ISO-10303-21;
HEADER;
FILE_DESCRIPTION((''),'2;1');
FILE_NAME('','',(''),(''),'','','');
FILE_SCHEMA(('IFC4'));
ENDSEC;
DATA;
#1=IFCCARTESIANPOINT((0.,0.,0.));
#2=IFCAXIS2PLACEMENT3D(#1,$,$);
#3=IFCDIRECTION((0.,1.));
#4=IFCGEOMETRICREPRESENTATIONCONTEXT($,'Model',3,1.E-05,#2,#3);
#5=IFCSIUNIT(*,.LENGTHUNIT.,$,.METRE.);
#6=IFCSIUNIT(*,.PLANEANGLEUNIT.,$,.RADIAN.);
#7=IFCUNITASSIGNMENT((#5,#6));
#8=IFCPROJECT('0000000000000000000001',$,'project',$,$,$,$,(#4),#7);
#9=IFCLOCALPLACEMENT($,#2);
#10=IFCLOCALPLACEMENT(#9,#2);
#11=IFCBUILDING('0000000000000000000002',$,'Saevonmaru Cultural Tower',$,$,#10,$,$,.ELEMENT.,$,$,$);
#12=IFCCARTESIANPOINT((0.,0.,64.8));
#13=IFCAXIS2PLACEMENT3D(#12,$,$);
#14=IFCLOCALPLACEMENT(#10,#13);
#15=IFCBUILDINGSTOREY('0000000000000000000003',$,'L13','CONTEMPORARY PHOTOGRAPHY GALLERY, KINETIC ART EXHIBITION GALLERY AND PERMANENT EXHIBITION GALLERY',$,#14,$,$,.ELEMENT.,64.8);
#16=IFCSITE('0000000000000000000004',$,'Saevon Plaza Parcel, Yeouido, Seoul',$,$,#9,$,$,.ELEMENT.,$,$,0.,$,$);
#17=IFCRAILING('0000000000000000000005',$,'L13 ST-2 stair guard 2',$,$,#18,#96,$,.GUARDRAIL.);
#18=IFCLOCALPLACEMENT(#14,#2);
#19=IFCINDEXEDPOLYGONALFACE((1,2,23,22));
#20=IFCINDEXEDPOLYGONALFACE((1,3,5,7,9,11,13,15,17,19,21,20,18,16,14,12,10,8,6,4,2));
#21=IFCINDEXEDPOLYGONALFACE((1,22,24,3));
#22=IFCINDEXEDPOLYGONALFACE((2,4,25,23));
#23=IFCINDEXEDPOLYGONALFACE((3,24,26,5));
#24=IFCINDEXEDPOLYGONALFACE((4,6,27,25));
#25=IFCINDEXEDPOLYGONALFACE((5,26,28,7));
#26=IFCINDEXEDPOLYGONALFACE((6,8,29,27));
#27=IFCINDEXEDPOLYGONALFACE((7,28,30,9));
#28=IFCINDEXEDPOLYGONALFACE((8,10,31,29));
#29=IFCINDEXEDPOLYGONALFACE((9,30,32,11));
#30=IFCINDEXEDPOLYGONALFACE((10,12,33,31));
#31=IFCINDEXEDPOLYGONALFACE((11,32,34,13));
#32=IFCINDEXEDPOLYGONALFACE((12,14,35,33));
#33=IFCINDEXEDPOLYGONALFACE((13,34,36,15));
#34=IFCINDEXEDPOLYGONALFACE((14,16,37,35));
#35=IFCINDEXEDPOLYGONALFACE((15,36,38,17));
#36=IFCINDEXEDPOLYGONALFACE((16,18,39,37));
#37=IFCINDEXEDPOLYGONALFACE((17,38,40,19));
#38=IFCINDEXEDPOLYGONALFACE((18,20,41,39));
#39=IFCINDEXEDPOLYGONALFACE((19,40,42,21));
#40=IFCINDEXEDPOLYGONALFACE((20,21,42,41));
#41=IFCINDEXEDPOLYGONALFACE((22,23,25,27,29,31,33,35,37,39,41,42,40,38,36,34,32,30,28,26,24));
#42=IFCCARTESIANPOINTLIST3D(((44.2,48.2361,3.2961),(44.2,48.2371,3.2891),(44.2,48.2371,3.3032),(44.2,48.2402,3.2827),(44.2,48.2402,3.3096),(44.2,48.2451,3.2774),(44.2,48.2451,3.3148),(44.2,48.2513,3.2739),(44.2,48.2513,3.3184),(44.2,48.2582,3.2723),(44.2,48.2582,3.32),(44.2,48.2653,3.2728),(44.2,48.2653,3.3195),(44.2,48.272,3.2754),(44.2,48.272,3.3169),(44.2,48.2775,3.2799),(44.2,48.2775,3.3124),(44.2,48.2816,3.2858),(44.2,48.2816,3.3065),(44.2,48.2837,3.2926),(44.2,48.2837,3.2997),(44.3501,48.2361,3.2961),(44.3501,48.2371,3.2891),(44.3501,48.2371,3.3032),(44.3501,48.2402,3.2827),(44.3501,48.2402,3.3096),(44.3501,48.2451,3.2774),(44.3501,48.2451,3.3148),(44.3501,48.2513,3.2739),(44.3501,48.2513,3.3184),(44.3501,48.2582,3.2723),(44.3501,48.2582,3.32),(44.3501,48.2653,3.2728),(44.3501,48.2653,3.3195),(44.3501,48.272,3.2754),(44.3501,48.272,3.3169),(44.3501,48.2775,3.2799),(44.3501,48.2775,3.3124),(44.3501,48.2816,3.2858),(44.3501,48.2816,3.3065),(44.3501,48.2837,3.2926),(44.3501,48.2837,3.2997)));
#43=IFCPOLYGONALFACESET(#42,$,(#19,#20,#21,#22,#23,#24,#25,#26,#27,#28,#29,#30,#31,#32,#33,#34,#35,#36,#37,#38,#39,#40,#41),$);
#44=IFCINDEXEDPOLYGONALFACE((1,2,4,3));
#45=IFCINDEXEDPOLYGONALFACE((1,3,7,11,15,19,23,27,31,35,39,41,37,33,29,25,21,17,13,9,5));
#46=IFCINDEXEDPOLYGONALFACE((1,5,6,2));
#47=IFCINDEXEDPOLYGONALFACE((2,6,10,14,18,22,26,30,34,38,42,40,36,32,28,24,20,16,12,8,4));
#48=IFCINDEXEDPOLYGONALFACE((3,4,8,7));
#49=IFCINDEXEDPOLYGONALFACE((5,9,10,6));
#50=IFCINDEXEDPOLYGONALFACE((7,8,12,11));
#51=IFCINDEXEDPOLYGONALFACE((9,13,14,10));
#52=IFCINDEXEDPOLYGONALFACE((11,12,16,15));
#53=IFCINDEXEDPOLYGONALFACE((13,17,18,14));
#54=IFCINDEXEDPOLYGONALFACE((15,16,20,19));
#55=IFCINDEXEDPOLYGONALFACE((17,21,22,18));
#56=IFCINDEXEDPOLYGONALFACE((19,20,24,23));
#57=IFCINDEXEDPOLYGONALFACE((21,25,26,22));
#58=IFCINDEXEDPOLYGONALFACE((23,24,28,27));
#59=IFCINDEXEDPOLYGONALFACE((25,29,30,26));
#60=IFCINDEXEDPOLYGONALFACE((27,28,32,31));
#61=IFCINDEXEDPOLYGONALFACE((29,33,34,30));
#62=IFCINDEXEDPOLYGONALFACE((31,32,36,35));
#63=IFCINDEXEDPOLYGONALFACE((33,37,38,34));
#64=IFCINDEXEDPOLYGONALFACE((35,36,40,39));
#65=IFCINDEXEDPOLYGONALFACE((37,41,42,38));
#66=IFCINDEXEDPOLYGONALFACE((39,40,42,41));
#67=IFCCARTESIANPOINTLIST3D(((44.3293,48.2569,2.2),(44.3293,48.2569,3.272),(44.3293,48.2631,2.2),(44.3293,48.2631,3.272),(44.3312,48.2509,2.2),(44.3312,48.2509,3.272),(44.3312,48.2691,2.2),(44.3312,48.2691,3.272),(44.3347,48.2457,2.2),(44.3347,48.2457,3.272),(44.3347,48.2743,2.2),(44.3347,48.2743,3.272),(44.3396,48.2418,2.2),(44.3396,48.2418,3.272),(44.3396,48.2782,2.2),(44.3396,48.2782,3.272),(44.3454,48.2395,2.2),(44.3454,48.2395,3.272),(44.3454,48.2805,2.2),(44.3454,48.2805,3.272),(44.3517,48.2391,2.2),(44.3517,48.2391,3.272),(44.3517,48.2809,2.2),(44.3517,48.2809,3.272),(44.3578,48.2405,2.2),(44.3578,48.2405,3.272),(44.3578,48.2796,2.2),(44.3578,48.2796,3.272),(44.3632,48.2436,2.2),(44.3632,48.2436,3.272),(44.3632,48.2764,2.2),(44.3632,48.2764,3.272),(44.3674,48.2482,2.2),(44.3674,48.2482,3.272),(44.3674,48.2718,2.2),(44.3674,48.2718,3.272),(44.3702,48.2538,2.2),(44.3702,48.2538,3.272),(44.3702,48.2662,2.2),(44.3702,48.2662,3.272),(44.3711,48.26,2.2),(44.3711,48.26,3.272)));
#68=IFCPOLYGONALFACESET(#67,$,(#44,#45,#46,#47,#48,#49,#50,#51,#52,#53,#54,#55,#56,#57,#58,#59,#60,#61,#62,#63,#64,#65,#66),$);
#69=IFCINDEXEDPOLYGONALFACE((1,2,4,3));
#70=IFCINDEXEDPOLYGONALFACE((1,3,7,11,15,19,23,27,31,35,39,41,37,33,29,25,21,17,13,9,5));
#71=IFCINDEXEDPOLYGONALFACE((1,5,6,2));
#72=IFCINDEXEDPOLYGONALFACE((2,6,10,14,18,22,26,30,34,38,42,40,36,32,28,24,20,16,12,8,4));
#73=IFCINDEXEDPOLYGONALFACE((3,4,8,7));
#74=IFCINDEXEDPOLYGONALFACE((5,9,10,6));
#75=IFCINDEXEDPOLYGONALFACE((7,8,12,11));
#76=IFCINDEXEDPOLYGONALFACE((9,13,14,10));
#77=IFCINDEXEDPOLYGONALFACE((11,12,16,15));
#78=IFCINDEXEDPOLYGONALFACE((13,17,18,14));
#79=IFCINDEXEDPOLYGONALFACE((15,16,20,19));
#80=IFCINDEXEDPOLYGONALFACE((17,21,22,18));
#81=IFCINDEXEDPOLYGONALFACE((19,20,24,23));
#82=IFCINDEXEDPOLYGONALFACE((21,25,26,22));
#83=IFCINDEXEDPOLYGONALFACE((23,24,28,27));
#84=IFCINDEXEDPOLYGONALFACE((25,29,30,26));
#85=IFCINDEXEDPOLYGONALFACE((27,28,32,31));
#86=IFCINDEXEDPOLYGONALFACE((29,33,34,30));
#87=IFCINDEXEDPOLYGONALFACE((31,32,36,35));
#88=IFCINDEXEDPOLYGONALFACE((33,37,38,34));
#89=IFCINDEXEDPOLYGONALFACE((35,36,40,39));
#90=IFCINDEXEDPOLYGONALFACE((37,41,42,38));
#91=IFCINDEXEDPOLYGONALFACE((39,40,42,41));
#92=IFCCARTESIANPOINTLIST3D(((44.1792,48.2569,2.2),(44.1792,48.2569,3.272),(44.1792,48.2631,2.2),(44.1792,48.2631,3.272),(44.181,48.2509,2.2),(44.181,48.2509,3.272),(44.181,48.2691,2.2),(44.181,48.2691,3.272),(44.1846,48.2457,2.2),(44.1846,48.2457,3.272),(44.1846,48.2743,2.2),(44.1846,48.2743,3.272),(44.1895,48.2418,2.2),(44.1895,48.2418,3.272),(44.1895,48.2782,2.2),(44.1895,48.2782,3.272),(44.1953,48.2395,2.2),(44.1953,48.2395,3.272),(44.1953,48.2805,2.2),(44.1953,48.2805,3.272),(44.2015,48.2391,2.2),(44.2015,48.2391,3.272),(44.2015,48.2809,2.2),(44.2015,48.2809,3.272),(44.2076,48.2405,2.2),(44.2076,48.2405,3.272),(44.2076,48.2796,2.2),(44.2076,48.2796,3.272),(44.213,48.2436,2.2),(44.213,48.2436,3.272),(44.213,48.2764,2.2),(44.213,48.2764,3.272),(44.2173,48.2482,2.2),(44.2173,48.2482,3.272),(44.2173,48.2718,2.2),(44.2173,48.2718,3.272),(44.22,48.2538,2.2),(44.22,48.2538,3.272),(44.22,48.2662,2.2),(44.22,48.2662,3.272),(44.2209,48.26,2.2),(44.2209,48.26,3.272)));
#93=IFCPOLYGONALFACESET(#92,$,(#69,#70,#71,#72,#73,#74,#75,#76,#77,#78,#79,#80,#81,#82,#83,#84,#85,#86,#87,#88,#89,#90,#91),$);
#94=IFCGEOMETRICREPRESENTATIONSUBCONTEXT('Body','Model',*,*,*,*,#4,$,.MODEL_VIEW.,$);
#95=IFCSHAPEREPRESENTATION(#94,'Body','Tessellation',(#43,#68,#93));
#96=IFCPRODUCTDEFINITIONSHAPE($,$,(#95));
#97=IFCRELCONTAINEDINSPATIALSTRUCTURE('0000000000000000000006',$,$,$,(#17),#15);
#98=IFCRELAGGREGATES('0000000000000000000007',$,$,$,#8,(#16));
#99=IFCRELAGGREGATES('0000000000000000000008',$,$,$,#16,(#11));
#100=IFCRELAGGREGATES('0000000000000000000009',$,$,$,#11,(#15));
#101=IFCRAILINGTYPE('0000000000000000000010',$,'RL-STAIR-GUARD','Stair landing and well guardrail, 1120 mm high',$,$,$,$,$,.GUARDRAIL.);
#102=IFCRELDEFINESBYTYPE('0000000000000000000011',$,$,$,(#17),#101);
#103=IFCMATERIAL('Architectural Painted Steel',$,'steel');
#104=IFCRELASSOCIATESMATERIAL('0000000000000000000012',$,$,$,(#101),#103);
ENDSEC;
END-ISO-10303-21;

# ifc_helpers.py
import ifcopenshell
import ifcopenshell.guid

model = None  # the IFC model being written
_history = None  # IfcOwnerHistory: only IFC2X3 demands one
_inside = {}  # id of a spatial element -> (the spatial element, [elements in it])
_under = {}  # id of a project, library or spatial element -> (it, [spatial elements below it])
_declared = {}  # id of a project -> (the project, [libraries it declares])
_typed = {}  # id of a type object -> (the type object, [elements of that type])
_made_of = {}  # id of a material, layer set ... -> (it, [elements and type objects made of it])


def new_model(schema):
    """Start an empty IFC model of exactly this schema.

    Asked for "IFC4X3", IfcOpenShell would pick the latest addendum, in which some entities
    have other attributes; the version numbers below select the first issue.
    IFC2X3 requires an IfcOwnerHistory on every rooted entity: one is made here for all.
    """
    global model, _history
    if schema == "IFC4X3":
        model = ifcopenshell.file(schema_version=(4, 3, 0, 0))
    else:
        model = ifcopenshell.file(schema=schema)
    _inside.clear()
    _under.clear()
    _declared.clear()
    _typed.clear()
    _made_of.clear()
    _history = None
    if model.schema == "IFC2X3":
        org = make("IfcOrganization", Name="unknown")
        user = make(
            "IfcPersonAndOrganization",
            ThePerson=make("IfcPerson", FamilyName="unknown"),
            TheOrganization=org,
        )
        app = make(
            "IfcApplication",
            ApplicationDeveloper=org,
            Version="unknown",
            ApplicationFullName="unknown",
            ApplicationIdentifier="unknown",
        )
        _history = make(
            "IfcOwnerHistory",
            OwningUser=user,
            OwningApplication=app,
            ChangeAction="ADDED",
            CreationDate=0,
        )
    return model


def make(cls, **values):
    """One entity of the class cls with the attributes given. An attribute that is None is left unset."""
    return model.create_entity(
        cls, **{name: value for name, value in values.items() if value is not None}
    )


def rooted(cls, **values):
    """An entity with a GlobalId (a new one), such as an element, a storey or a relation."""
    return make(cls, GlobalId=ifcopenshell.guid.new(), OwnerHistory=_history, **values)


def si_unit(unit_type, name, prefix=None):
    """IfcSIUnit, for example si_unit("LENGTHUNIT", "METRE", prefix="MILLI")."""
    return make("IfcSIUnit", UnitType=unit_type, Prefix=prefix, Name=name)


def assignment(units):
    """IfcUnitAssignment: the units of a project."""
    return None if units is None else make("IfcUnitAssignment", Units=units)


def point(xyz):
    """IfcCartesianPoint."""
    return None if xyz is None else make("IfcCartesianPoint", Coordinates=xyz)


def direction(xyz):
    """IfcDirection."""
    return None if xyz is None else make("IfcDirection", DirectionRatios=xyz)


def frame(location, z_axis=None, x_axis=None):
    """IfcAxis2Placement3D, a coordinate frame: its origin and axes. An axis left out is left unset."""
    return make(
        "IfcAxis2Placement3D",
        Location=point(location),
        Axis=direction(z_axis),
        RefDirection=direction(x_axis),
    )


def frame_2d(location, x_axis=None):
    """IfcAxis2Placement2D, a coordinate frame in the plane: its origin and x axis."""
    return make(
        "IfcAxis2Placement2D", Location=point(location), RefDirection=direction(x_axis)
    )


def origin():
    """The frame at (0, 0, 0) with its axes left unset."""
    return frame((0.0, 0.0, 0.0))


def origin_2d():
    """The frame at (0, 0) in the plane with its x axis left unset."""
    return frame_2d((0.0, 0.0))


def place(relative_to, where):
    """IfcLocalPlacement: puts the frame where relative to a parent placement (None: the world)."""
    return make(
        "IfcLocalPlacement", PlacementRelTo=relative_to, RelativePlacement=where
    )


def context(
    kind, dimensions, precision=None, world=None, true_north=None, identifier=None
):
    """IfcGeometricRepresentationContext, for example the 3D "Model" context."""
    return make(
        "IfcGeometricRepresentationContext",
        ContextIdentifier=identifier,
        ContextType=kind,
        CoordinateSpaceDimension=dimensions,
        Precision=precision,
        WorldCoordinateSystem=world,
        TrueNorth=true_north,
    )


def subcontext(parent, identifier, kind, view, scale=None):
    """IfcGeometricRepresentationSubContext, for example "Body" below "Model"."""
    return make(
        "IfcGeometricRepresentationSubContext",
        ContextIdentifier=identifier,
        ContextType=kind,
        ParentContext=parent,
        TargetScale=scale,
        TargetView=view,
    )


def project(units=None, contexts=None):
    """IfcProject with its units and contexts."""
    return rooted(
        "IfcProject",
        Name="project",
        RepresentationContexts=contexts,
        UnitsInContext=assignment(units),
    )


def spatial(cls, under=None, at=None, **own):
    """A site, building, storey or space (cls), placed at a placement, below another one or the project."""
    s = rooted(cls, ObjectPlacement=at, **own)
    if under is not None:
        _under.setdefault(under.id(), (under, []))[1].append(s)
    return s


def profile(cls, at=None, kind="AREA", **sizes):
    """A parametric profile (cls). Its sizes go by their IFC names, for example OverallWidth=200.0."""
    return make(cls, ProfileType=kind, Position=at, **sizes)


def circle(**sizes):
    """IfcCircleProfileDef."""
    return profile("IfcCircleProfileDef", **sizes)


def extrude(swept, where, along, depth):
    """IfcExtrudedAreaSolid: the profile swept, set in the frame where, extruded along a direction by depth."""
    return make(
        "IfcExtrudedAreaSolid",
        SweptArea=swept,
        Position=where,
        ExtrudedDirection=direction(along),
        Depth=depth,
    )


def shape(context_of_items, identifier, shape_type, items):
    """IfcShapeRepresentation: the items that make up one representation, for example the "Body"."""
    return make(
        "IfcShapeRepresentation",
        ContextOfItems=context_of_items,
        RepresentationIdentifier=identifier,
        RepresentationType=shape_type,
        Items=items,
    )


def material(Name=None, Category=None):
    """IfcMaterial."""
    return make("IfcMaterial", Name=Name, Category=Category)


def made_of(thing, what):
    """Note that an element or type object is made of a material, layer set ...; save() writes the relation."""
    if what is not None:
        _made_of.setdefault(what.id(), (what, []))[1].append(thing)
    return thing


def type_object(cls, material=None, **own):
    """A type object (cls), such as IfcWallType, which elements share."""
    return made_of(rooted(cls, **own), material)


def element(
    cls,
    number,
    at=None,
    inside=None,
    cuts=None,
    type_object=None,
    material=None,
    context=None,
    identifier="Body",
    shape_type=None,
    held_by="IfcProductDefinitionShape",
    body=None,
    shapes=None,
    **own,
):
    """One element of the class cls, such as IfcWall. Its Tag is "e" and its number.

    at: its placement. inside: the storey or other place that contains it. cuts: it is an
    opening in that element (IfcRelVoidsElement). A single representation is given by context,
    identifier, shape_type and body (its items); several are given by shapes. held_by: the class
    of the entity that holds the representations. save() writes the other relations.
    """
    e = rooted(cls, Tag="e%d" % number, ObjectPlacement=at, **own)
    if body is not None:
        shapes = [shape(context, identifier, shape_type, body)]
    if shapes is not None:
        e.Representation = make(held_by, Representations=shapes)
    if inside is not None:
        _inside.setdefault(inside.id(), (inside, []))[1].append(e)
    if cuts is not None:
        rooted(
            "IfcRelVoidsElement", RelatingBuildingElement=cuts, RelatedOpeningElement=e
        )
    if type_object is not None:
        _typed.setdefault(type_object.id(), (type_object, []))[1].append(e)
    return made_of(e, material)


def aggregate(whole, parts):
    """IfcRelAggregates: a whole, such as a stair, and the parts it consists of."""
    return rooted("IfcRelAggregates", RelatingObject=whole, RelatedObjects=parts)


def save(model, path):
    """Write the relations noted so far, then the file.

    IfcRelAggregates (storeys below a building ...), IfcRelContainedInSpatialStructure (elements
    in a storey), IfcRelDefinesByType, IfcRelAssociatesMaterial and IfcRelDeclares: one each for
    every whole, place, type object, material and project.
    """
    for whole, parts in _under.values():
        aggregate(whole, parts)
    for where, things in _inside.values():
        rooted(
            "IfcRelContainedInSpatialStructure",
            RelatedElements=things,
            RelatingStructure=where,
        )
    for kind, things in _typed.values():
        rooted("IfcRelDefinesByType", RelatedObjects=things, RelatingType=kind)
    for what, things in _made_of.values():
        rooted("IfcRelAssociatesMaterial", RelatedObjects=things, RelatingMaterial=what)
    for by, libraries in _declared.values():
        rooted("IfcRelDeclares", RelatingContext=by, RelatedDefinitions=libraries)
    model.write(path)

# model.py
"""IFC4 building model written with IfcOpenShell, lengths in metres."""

from ifc_helpers import new_model, si_unit, direction, frame, origin, origin_2d, place, context, subcontext, project, spatial, circle, extrude, material, type_object, element, save


model = new_model("IFC4")

# Units and contexts
model_context = context("Model", 3, precision=1e-05, world=origin(), true_north=direction((0.0, 1.0)))
body_context = subcontext(model_context, "Body", "Model", "MODEL_VIEW")
ifc_project = project(units=[si_unit("LENGTHUNIT", "METRE"), si_unit("PLANEANGLEUNIT", "RADIAN")], contexts=[model_context])

# Site, building, storey
site_placement = place(None, origin())
site = spatial("IfcSite", under=ifc_project, at=site_placement, Name="Saevon Plaza Parcel, Yeouido, Seoul", CompositionType="ELEMENT", RefElevation=0.0)
building_placement = place(site_placement, origin())
building = spatial("IfcBuilding", under=site, at=building_placement, Name="Saevonmaru Cultural Tower", CompositionType="ELEMENT")
storey_placement = place(building_placement, frame((0.0, 0.0, 64.8)))
storey = spatial("IfcBuildingStorey", under=building, at=storey_placement, Name="L13", Description="CONTEMPORARY PHOTOGRAPHY GALLERY, KINETIC ART EXHIBITION GALLERY AND PERMANENT EXHIBITION GALLERY", CompositionType="ELEMENT", Elevation=64.8)

# Railing
ifc_material_1 = material(Name="Architectural Painted Steel", Category="steel")
railing_type = type_object("IfcRailingType", Name="RL-STAIR-GUARD", Description="Stair landing and well guardrail, 1120 mm high", PredefinedType="GUARDRAIL", material=ifc_material_1)
railing_1_placement = place(storey_placement, frame((44.3501, 48.26, 2.2)))
element("IfcRailing", 1, at=railing_1_placement, inside=storey, type_object=railing_type, Name="L13 ST-2 stair guard 2", PredefinedType="GUARDRAIL", context=body_context, shape_type="SweptSolid", body=[
    extrude(circle(Radius=0.0239, at=origin_2d()), frame((0.0, 0.0, 1.0962), z_axis=(-1.0, 0.0, 0.0), x_axis=(0.0, -1.0, 0.0)), (0.0, 0.0, 1.0), 0.1501),
    extrude(circle(Radius=0.021, at=origin_2d()), origin(), (0.0, 0.0, 1.0), 1.072),
    extrude(circle(Radius=0.021, at=origin_2d()), frame((-0.1501, 0.0, 0.0)), (0.0, 0.0, 1.0), 1.072),
])

save(model, "model.ifc")
